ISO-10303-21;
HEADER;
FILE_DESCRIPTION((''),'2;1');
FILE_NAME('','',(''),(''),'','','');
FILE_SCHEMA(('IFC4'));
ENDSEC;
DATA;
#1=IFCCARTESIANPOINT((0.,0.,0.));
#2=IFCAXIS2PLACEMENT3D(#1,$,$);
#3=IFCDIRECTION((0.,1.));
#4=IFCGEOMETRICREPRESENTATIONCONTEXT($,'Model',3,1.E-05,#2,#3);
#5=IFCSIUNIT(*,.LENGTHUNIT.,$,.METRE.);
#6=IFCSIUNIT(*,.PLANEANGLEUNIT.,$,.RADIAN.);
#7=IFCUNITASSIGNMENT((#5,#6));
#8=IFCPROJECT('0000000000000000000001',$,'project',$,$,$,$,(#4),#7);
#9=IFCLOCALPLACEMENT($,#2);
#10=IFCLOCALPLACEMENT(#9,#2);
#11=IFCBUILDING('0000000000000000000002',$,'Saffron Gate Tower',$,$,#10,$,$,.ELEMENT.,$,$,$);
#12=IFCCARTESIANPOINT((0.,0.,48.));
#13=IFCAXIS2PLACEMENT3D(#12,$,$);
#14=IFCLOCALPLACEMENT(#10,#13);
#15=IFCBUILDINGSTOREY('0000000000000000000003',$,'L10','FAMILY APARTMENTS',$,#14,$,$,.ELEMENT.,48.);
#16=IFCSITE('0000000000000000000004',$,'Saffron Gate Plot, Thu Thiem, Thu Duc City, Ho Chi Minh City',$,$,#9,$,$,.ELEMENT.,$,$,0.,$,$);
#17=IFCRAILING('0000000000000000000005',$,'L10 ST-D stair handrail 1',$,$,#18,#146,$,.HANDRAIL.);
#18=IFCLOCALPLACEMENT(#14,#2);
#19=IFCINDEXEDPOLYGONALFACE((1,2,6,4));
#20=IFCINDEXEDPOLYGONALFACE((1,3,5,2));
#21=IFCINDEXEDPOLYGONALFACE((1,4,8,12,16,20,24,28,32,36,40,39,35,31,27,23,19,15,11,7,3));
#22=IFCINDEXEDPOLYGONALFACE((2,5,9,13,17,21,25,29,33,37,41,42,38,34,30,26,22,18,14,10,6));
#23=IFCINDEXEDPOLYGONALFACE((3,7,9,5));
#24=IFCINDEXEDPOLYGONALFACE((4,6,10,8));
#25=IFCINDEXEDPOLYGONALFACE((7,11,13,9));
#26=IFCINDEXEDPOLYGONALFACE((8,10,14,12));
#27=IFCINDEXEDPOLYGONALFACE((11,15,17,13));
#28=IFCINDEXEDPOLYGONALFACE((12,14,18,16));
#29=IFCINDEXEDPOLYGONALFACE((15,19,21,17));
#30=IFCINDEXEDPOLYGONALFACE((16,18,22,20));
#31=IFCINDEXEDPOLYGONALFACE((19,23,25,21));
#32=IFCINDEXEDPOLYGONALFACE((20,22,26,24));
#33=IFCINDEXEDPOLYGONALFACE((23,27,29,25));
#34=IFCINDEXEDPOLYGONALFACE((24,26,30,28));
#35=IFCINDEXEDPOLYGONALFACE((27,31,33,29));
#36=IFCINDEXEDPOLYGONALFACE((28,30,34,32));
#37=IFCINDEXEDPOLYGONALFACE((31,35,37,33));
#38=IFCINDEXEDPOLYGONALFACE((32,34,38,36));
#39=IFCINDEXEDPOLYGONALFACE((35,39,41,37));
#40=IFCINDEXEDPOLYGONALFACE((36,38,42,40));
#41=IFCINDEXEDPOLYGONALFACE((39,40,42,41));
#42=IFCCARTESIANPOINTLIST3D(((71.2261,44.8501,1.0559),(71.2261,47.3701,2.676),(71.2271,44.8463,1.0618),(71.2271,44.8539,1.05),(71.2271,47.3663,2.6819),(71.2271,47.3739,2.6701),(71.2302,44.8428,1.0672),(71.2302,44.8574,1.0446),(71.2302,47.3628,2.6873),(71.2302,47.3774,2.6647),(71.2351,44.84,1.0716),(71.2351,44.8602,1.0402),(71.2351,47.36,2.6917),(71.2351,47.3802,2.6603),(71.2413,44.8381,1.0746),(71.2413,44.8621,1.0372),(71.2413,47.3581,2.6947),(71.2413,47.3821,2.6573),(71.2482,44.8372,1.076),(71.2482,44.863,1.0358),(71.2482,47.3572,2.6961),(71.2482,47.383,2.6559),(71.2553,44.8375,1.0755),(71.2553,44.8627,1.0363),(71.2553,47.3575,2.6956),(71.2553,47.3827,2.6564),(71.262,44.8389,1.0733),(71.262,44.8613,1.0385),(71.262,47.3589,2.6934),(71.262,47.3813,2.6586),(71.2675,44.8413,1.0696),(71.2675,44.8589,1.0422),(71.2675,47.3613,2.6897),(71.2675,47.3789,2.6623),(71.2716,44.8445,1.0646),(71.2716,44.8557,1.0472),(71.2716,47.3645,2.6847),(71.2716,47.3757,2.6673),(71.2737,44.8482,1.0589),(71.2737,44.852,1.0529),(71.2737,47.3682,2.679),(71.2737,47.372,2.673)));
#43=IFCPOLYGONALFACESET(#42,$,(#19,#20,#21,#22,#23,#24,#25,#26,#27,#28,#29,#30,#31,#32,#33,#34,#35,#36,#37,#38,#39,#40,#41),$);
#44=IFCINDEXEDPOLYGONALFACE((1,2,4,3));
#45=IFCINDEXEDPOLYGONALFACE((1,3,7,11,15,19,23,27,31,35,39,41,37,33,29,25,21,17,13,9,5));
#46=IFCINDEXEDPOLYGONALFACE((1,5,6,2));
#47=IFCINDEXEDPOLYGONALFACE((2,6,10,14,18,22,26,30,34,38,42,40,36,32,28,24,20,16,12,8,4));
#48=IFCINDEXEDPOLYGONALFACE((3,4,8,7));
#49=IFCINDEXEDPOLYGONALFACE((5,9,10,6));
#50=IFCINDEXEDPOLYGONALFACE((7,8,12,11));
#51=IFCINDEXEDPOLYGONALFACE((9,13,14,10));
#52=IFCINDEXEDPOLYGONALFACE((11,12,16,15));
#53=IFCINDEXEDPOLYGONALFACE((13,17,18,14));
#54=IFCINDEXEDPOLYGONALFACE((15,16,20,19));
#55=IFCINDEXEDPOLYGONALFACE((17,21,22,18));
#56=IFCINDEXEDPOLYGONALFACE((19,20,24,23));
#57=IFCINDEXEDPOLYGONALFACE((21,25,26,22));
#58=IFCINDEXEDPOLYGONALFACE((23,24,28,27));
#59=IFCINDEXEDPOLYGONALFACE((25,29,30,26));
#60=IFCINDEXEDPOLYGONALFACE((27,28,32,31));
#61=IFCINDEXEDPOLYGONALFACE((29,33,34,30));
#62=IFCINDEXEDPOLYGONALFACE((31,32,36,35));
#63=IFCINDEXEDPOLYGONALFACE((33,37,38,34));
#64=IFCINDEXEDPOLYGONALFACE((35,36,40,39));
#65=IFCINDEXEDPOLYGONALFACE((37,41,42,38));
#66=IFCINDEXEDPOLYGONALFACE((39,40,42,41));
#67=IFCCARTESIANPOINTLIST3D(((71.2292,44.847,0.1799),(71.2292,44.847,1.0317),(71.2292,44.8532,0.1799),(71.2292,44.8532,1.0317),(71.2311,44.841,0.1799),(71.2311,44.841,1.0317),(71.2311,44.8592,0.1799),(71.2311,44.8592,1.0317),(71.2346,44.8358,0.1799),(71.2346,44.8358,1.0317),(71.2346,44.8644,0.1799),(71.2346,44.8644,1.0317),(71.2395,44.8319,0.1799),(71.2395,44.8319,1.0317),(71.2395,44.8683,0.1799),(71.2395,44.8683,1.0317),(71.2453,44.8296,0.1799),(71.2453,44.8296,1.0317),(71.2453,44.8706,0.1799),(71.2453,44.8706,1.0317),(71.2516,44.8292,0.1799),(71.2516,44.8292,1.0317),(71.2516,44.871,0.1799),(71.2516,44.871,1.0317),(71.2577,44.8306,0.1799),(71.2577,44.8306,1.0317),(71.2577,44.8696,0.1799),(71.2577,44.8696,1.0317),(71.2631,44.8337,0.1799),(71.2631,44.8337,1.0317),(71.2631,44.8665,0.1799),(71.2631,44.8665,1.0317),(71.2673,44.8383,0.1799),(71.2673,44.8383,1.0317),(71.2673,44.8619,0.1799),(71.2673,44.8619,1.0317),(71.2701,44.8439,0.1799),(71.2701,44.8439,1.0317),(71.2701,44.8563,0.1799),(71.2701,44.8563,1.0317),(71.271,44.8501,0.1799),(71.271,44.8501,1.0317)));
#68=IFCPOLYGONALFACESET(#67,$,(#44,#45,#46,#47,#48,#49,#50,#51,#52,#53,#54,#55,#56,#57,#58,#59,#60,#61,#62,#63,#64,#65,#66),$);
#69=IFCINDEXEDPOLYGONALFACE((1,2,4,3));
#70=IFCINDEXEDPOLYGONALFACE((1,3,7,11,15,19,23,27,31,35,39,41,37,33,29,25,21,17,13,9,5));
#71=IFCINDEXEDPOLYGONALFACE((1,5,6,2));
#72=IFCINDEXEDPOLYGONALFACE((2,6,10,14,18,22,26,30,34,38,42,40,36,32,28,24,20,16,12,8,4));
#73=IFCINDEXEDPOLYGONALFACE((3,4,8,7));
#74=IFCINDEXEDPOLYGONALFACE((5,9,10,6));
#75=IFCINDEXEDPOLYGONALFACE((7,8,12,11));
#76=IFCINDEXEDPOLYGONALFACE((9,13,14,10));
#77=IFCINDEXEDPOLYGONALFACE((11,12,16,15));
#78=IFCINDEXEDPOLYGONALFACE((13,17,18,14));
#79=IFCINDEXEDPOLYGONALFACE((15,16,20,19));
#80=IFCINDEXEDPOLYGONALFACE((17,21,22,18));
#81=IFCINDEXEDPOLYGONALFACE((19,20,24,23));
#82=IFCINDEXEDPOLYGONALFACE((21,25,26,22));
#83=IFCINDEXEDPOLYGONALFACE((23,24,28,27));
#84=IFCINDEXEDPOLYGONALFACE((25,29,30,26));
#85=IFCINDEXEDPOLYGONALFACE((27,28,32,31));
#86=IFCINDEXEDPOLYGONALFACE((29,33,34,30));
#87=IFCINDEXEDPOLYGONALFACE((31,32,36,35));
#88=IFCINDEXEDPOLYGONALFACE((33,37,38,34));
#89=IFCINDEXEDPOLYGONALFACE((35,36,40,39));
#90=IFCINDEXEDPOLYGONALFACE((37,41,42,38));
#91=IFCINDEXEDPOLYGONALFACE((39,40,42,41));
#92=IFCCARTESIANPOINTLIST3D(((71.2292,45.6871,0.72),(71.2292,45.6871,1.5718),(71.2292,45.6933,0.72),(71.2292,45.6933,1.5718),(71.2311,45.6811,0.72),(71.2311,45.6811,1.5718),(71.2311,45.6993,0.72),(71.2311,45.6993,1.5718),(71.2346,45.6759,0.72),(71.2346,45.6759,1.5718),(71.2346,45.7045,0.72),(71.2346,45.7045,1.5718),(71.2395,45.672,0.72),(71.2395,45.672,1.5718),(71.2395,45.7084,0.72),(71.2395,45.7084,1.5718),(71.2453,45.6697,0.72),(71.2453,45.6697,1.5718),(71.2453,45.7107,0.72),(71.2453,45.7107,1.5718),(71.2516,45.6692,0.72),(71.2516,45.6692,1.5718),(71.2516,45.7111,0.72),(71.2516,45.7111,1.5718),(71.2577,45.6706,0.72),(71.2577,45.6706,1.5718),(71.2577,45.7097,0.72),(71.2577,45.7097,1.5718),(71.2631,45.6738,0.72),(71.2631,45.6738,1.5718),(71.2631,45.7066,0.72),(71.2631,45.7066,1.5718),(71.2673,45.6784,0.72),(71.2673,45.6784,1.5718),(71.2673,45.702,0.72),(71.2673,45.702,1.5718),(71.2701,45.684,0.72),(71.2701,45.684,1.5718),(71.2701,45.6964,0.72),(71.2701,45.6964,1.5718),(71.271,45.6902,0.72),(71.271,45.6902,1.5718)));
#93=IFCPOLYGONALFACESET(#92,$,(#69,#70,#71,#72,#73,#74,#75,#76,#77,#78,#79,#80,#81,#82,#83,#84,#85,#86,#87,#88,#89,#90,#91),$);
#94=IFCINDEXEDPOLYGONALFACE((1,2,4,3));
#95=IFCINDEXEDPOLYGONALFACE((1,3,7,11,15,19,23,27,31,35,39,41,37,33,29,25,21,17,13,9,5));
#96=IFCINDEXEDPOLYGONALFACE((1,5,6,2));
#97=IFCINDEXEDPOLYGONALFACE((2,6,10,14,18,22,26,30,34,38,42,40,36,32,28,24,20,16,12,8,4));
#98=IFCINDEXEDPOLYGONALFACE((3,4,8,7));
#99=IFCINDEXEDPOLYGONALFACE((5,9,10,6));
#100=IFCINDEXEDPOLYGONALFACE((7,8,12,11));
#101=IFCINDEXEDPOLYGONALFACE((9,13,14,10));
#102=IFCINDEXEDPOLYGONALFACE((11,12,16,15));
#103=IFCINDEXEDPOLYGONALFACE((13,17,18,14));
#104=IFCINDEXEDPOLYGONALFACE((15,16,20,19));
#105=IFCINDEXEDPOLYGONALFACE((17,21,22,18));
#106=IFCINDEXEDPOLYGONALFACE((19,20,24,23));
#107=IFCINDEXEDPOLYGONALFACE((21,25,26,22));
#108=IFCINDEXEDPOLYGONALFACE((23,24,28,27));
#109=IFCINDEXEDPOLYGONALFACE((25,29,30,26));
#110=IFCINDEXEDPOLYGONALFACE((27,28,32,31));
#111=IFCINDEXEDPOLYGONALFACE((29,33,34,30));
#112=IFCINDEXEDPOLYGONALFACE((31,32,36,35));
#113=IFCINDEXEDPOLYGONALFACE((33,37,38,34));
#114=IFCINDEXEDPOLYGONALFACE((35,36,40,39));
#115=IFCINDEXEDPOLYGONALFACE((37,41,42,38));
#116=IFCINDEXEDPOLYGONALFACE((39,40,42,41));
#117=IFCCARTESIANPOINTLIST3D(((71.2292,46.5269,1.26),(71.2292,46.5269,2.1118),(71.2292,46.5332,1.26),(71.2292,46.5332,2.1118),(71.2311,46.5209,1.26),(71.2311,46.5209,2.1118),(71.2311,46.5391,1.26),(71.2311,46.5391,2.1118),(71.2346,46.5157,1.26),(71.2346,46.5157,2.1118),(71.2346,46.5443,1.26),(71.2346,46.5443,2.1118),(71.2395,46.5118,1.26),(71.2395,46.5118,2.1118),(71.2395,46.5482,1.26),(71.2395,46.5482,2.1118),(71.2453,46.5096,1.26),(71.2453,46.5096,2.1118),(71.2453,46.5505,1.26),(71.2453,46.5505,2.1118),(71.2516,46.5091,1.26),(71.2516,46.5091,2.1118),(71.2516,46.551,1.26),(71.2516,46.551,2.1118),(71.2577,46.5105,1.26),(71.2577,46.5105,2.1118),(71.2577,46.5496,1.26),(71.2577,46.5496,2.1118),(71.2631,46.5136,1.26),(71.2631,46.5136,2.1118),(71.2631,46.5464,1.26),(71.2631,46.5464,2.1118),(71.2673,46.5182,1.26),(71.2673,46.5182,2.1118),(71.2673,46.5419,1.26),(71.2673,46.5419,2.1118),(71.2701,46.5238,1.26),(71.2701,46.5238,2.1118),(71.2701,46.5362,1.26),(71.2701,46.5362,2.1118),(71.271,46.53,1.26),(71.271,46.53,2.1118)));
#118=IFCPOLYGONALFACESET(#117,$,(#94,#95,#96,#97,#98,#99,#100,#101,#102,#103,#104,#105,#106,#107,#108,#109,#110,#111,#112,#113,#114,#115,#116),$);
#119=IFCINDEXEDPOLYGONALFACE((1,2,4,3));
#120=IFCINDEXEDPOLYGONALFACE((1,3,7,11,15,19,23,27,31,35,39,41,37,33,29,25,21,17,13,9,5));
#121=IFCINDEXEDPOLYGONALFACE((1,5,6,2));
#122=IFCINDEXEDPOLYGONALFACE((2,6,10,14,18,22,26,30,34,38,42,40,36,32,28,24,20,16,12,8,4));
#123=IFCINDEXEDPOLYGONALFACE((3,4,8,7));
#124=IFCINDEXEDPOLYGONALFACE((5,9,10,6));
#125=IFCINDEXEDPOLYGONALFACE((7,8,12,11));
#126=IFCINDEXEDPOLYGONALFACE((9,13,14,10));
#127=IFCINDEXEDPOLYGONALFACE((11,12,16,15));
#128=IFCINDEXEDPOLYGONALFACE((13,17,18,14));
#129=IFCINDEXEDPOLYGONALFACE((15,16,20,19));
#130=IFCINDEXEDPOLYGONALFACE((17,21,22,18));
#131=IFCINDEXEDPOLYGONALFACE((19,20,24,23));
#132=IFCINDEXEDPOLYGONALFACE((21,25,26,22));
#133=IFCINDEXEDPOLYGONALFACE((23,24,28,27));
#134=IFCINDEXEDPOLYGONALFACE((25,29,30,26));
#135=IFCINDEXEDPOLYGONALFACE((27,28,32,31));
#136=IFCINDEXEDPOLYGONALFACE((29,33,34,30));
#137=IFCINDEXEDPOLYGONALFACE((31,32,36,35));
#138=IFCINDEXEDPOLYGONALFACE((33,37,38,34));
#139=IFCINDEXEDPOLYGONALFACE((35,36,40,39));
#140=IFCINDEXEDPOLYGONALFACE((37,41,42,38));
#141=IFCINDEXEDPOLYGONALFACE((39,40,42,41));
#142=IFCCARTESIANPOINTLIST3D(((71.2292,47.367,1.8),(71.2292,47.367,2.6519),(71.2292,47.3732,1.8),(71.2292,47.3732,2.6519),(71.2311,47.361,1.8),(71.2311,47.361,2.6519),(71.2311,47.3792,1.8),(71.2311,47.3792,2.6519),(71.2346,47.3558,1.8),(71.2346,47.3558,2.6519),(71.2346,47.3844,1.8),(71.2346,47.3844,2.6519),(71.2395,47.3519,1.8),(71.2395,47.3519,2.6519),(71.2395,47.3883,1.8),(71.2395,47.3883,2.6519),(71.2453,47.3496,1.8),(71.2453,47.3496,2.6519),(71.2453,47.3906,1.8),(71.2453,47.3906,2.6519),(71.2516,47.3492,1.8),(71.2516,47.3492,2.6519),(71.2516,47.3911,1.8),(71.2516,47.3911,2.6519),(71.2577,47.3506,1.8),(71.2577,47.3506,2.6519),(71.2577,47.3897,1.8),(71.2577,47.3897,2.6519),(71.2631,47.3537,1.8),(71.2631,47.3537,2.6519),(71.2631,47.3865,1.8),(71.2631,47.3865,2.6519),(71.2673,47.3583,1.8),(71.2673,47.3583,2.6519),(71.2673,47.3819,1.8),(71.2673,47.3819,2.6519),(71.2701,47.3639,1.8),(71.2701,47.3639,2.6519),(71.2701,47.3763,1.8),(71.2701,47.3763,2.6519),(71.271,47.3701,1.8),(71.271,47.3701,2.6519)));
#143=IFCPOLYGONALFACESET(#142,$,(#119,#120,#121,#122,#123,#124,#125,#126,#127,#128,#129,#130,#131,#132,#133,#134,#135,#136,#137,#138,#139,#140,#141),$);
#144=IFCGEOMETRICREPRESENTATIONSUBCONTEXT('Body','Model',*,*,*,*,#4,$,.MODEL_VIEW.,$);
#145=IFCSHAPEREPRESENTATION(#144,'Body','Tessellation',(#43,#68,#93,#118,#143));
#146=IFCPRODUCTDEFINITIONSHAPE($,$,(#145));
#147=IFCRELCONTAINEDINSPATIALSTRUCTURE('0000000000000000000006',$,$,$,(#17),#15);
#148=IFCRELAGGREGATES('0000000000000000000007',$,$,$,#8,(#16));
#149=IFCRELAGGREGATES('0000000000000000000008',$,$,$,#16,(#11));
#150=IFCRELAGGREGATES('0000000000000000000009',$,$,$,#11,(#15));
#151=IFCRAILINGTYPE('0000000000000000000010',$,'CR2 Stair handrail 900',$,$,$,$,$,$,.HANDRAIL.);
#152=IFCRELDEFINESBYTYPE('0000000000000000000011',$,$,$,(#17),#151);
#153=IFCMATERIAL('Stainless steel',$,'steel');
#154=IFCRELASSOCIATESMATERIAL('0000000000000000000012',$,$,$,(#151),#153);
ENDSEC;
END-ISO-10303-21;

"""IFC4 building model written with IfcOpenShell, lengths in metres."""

from ifc_helpers import new_model, si_unit, direction, frame, origin, origin_2d, place, context, subcontext, project, spatial, circle, extrude, material, type_object, element, save


model = new_model("IFC4")

# Units and contexts
model_context = context("Model", 3, precision=1e-05, world=origin(), true_north=direction((0.0, 1.0)))
body_context = subcontext(model_context, "Body", "Model", "MODEL_VIEW")
ifc_project = project(units=[si_unit("LENGTHUNIT", "METRE"), si_unit("PLANEANGLEUNIT", "RADIAN")], contexts=[model_context])

# Site, building, storey
site_placement = place(None, origin())
site = spatial("IfcSite", under=ifc_project, at=site_placement, Name="Saffron Gate Plot, Thu Thiem, Thu Duc City, Ho Chi Minh City", CompositionType="ELEMENT", RefElevation=0.0)
building_placement = place(site_placement, origin())
building = spatial("IfcBuilding", under=site, at=building_placement, Name="Saffron Gate Tower", CompositionType="ELEMENT")
storey_placement = place(building_placement, frame((0.0, 0.0, 48.0)))
storey = spatial("IfcBuildingStorey", under=building, at=storey_placement, Name="L10", Description="FAMILY APARTMENTS", CompositionType="ELEMENT", Elevation=48.0)

# Railing
ifc_material_1 = material(Name="Stainless steel", Category="steel")
railing_type_1 = type_object("IfcRailingType", Name="CR2 Stair handrail 900", PredefinedType="HANDRAIL", material=ifc_material_1)
railing_1_placement = place(storey_placement, frame((71.25, 44.8501, 0.1799)))
element("IfcRailing", 1, at=railing_1_placement, inside=storey, type_object=railing_type_1, Name="L10 ST-D stair handrail 1", PredefinedType="HANDRAIL", context=body_context, shape_type="SweptSolid", body=[
    extrude(circle(Radius=0.0239, at=origin_2d()), frame((0.0, 0.0, 0.876), z_axis=(0.0, 0.841163, 0.540782), x_axis=(-1.0, 0.0, 0.0)), (0.0, 0.0, 1.0), 2.9958),
    extrude(circle(Radius=0.021, at=origin_2d()), origin(), (0.0, 0.0, 1.0), 0.8518),
    extrude(circle(Radius=0.021, at=origin_2d()), frame((0.0, 0.8401, 0.54)), (0.0, 0.0, 1.0), 0.8518),
    extrude(circle(Radius=0.021, at=origin_2d()), frame((0.0, 1.6799, 1.0801)), (0.0, 0.0, 1.0), 0.8518),
    extrude(circle(Radius=0.021, at=origin_2d()), frame((0.0, 2.52, 1.6201)), (0.0, 0.0, 1.0), 0.8518),
])

save(model, "model.ifc")
